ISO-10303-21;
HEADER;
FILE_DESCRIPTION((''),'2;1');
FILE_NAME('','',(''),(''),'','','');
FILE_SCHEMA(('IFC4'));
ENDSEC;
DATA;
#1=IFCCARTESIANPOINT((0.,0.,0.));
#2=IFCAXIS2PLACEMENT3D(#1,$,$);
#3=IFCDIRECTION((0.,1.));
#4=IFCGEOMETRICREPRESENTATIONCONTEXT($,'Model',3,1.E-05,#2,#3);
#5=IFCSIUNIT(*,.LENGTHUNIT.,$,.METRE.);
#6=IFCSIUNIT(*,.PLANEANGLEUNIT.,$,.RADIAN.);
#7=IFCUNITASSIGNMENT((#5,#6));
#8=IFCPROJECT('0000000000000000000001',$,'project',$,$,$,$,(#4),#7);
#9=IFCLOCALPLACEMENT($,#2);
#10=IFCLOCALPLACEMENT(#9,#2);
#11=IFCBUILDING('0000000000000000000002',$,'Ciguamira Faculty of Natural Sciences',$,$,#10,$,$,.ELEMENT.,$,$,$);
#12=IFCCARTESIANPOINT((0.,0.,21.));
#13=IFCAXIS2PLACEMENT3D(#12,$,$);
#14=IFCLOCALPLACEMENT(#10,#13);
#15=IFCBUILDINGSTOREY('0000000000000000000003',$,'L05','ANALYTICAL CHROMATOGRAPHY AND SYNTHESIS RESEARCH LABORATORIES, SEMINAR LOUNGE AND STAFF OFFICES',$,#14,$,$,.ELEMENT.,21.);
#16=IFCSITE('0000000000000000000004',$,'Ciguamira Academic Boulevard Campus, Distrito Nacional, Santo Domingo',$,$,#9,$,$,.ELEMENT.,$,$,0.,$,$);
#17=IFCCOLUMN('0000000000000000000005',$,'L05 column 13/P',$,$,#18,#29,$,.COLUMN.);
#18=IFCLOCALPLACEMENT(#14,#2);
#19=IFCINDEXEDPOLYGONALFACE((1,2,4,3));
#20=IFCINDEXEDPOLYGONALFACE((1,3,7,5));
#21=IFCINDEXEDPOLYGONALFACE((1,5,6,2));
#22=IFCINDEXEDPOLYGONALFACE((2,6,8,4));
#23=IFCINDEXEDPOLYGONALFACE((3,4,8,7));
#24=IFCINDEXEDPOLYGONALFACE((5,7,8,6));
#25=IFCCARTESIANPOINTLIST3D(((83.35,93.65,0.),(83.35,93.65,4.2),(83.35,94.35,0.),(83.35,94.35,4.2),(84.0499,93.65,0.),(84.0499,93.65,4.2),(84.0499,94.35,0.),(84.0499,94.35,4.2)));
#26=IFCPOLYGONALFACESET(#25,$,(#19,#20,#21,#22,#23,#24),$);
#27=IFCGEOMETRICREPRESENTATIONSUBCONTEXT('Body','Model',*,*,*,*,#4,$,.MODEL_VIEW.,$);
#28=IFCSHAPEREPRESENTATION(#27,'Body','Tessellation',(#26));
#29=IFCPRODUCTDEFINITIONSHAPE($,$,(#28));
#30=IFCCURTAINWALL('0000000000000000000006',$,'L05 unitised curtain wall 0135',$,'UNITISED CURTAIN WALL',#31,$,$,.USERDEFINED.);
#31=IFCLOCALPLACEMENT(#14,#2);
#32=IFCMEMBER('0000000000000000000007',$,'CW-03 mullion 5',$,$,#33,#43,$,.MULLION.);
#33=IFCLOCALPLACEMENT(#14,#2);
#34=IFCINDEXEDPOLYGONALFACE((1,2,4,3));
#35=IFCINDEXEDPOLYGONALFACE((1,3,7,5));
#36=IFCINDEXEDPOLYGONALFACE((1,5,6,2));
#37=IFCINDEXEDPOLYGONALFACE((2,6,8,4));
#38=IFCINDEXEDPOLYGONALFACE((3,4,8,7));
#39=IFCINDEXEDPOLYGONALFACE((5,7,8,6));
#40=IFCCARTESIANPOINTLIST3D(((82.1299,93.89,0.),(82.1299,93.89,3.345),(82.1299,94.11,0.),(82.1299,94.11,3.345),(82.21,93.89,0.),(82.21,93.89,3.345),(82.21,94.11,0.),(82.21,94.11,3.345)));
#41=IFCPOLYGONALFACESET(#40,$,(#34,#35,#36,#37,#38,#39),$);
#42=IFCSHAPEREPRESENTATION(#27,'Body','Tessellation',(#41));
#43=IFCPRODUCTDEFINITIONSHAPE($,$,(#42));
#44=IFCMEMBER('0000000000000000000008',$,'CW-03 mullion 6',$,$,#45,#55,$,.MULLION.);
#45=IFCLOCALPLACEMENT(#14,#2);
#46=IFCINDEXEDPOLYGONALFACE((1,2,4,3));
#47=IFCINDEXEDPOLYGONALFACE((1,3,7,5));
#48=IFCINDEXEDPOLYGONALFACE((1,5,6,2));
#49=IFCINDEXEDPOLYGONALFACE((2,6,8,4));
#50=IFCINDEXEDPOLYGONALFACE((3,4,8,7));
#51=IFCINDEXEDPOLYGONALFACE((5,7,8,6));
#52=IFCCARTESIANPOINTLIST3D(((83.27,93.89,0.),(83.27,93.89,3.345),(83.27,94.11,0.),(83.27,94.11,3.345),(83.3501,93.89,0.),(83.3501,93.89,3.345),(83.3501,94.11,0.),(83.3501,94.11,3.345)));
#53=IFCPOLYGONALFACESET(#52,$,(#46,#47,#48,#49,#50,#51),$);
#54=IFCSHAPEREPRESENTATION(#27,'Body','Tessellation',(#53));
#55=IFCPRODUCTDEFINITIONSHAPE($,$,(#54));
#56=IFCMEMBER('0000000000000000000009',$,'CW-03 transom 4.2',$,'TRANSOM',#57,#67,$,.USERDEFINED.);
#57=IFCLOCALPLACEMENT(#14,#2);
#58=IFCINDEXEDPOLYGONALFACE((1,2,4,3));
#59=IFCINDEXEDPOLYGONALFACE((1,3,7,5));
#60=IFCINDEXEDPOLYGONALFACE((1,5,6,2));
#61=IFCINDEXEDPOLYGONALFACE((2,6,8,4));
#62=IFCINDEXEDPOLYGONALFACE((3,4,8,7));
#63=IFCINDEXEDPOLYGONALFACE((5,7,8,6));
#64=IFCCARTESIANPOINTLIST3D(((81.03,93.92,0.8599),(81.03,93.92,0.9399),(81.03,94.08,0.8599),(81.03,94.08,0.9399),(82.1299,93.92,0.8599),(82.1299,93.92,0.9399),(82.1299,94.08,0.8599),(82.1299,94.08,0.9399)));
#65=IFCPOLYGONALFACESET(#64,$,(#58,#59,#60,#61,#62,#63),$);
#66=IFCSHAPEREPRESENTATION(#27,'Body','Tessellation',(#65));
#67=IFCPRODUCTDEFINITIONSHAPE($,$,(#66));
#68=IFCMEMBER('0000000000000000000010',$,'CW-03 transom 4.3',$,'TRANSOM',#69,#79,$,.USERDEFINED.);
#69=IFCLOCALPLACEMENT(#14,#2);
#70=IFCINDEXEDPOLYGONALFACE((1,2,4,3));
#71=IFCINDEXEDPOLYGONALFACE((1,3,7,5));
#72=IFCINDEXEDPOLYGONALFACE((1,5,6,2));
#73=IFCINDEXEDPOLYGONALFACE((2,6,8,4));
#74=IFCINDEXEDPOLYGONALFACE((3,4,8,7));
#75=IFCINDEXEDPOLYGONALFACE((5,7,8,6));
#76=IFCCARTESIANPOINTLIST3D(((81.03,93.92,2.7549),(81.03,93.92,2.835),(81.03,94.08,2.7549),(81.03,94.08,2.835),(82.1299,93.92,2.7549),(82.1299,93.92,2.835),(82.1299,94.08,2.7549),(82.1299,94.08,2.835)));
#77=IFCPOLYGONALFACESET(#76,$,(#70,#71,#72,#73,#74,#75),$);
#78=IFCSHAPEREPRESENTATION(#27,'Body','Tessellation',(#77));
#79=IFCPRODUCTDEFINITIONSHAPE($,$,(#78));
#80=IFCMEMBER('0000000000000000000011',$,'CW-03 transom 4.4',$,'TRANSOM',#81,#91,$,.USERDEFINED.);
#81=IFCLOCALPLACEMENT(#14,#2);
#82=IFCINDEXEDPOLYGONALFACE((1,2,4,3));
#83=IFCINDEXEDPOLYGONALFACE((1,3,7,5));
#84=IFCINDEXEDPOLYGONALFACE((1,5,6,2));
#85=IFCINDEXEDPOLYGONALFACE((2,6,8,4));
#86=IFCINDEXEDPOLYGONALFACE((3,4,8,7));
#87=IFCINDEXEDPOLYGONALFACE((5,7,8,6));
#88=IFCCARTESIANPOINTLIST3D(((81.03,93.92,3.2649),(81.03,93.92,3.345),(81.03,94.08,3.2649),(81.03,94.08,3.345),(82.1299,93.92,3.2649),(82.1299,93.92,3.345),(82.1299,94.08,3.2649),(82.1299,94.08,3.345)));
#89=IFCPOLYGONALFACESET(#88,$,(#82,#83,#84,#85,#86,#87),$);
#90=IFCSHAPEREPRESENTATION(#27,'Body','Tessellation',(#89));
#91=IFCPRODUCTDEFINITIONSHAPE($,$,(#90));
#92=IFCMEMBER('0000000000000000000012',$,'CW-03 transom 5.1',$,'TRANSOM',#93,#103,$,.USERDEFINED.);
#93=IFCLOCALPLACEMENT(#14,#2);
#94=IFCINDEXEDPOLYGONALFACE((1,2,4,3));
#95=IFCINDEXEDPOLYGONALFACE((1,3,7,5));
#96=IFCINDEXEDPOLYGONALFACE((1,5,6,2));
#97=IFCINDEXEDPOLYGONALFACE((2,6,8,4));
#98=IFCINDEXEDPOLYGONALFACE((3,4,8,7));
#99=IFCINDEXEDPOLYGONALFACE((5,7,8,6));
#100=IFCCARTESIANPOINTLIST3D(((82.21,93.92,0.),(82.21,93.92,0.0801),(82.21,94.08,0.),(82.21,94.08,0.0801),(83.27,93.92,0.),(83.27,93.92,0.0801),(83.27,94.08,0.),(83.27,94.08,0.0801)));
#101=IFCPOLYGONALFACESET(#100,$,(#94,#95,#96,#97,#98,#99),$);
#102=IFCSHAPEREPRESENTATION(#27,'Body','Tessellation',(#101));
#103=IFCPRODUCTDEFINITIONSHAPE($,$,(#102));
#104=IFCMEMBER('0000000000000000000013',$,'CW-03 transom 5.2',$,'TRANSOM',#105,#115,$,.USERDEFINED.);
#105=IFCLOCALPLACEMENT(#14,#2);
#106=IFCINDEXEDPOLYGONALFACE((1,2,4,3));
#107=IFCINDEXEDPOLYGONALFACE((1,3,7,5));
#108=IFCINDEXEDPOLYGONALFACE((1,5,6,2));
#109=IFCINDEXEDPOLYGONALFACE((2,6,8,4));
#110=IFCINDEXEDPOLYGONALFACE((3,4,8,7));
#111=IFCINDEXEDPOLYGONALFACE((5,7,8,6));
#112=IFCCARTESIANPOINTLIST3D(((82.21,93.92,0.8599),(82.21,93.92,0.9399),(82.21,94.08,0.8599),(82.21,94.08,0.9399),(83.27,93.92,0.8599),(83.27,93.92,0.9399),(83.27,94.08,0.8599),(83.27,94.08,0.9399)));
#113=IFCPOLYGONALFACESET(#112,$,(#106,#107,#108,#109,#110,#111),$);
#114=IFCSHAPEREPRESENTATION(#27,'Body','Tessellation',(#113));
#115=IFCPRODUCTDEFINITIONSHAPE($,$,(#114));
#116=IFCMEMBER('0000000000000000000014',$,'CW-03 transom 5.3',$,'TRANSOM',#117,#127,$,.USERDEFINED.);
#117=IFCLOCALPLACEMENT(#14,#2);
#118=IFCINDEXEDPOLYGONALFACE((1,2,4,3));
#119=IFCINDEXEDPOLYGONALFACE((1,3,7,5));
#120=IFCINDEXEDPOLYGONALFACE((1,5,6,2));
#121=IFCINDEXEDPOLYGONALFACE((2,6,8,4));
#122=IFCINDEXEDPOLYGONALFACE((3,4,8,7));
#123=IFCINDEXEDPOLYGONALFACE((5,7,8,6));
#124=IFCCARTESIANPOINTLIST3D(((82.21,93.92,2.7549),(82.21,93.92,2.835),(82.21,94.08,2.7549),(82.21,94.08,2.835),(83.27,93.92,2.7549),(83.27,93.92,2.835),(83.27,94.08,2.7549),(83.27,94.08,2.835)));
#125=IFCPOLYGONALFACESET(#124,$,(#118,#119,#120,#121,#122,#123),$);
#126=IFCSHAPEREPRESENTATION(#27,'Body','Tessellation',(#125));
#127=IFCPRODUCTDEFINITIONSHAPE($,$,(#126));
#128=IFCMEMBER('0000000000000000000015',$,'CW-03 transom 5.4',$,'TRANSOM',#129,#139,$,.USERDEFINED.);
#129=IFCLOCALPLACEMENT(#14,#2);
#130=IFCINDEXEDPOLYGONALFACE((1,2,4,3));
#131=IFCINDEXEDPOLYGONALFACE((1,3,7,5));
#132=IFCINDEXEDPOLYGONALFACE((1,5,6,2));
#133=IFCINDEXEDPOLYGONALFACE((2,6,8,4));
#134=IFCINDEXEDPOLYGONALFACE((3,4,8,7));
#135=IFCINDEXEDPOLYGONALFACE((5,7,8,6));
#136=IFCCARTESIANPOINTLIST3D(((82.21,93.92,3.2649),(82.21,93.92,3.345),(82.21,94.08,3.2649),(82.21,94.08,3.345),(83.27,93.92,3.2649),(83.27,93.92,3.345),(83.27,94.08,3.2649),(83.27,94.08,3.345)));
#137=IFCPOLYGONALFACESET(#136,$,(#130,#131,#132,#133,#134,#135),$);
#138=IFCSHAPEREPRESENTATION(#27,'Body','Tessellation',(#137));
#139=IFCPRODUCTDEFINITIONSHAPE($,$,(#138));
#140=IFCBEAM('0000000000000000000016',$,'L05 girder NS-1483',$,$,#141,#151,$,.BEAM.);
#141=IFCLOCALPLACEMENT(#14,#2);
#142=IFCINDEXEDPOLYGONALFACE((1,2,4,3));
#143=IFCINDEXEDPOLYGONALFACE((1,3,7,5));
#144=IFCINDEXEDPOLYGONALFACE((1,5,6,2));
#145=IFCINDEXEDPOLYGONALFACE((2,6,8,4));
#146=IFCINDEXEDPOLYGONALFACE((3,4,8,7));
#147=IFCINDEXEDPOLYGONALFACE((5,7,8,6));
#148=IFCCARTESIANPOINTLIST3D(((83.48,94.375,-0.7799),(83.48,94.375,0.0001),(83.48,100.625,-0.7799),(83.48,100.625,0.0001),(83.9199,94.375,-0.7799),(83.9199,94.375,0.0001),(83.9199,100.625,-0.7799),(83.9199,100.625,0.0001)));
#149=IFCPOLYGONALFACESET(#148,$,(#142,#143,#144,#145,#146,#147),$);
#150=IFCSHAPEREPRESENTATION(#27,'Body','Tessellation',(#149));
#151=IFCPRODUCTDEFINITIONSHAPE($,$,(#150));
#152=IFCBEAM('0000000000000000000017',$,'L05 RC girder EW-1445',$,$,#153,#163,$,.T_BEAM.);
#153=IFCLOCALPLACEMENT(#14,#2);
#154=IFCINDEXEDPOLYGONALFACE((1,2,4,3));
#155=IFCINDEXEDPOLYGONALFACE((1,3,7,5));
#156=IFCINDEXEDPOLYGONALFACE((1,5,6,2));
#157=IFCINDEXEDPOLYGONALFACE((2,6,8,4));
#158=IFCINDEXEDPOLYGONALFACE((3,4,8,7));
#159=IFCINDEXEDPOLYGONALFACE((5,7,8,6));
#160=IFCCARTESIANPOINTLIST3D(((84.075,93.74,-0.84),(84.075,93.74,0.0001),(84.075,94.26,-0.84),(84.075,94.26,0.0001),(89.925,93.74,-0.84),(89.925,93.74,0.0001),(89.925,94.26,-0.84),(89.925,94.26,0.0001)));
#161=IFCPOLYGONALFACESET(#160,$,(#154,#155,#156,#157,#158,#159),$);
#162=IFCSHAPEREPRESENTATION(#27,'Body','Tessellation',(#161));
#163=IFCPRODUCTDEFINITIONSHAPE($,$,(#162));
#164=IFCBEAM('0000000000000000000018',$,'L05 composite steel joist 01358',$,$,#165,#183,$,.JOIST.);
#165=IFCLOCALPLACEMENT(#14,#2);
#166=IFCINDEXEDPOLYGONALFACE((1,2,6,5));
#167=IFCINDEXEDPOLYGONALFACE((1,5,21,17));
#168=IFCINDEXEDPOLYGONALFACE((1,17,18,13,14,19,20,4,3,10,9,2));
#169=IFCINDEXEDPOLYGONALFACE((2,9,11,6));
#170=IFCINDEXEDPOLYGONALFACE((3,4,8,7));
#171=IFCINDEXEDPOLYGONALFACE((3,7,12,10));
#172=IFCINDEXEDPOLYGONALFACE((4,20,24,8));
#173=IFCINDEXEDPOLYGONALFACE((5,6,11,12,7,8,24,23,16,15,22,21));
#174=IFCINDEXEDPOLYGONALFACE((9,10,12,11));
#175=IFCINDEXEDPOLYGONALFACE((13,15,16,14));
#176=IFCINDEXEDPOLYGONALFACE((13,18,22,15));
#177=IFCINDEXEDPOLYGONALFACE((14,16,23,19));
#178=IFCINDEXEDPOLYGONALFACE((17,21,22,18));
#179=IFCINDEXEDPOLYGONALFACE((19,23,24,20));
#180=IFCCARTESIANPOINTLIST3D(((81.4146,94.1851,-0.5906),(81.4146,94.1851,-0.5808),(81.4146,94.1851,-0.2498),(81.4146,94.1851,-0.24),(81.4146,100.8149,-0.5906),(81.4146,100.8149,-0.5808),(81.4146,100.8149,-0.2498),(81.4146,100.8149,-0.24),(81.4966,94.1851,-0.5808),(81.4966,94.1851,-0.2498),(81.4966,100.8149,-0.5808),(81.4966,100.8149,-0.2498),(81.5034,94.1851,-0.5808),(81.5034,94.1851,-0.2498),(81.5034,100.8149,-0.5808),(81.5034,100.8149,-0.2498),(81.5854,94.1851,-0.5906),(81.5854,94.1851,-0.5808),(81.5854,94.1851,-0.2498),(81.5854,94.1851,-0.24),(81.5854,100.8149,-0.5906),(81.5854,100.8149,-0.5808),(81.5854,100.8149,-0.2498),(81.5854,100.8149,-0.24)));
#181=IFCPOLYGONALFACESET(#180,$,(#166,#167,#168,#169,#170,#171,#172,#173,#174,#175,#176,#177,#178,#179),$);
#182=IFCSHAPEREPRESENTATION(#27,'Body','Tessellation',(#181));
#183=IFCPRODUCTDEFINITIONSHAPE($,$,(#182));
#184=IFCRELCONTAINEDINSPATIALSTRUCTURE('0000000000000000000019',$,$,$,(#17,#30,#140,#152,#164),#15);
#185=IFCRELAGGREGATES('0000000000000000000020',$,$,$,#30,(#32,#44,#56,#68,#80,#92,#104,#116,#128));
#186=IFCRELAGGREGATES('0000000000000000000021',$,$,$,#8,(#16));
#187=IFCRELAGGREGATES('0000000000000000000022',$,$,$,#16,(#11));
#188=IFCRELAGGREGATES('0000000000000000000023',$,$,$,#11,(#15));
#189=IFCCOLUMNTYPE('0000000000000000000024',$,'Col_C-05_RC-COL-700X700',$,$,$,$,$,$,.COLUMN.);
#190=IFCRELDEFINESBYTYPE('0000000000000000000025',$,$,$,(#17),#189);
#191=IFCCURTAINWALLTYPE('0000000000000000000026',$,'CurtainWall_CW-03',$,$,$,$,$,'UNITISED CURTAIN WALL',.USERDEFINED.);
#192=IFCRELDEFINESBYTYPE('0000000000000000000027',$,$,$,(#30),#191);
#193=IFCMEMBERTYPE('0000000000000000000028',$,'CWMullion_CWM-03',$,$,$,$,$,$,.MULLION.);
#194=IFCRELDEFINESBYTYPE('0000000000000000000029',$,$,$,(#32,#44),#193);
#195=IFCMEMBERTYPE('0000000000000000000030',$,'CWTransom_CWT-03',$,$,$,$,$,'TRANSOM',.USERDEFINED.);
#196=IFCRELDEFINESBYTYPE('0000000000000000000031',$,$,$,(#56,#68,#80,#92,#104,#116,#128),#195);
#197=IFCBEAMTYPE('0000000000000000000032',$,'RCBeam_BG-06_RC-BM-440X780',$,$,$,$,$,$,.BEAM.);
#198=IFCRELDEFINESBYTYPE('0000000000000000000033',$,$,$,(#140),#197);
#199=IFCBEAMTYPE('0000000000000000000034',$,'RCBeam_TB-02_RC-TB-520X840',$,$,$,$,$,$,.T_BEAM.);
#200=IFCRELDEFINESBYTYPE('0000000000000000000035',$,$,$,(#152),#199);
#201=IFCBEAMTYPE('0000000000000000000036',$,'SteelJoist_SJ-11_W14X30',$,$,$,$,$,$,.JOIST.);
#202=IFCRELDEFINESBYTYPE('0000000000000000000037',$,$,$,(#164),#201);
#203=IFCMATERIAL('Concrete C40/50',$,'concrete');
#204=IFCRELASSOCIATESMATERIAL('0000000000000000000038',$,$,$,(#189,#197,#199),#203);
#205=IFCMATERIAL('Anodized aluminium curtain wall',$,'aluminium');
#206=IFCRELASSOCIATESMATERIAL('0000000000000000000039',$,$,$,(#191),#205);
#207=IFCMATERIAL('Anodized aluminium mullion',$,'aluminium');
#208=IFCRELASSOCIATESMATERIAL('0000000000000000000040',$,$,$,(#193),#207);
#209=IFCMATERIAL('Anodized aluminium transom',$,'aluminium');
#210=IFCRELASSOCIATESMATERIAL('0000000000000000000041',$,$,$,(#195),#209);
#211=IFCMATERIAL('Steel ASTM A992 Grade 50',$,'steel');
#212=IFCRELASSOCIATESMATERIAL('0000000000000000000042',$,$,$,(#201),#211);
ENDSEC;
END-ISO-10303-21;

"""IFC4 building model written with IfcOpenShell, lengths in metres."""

from ifc_helpers import new_model, si_unit, direction, frame, origin, origin_2d, place, context, subcontext, project, spatial, rectangle, i_section, extrude, material, material_profile, profile_set, type_object, element, aggregate, save


model = new_model("IFC4")

# Units and contexts
model_context = context("Model", 3, precision=1e-05, world=origin(), true_north=direction((0.0, 1.0)))
body_context = subcontext(model_context, "Body", "Model", "MODEL_VIEW")
ifc_project = project(units=[si_unit("LENGTHUNIT", "METRE"), si_unit("PLANEANGLEUNIT", "RADIAN")], contexts=[model_context])

# Site, building, storey
site_placement = place(None, origin())
site = spatial("IfcSite", under=ifc_project, at=site_placement, Name="Ciguamira Academic Boulevard Campus, Distrito Nacional, Santo Domingo", CompositionType="ELEMENT", RefElevation=0.0)
building_placement = place(site_placement, origin())
building = spatial("IfcBuilding", under=site, at=building_placement, Name="Ciguamira Faculty of Natural Sciences", CompositionType="ELEMENT")
storey_placement = place(building_placement, frame((0.0, 0.0, 21.0)))
storey = spatial("IfcBuildingStorey", under=building, at=storey_placement, Name="L05", Description="ANALYTICAL CHROMATOGRAPHY AND SYNTHESIS RESEARCH LABORATORIES, SEMINAR LOUNGE AND STAFF OFFICES", CompositionType="ELEMENT", Elevation=21.0)

# Column
ifc_material_1 = material(Name="Concrete C40/50", Category="concrete")
ifc_material_profile_1 = material_profile(ifc_material_1, rectangle(XDim=0.7, YDim=0.7, at=origin_2d()), Name="RC-COL-700X700")
ifc_profile_set_1 = profile_set([ifc_material_profile_1], Name="Concrete C40/50")
column_type = type_object("IfcColumnType", Name="Col_C-05_RC-COL-700X700", PredefinedType="COLUMN", material=ifc_profile_set_1)
column_placement = place(storey_placement, frame((83.7, 94.0, 0.0), z_axis=(0.0, 0.0, 1.0), x_axis=(1.0, 0.0, 0.0)))
element("IfcColumn", 1, at=column_placement, inside=storey, type_object=column_type, Name="L05 column 13/P", PredefinedType="COLUMN", context=body_context, shape_type="SweptSolid", body=[
    extrude(rectangle(XDim=0.7, YDim=0.7, at=origin_2d()), origin(), (0.0, 0.0, 1.0), 4.2),
])

# Curtain wall, members
ifc_material_2 = material(Name="Anodized aluminium curtain wall", Category="aluminium")
curtain_wall_type = type_object("IfcCurtainWallType", Name="CurtainWall_CW-03", ElementType="UNITISED CURTAIN WALL", PredefinedType="USERDEFINED", material=ifc_material_2)
curtain_wall_placement = place(storey_placement, origin())
curtain_wall = element("IfcCurtainWall", 2, at=curtain_wall_placement, inside=storey, type_object=curtain_wall_type, Name="L05 unitised curtain wall 0135", ObjectType="UNITISED CURTAIN WALL", PredefinedType="USERDEFINED")
ifc_material_3 = material(Name="Anodized aluminium mullion", Category="aluminium")
ifc_material_profile_2 = material_profile(ifc_material_3, rectangle(XDim=0.0801, YDim=0.22, at=origin_2d()), Name="ALU-MUL-80X220")
ifc_profile_set_2 = profile_set([ifc_material_profile_2], Name="Anodized aluminium mullion")
member_type_1 = type_object("IfcMemberType", Name="CWMullion_CWM-03", PredefinedType="MULLION", material=ifc_profile_set_2)
member_1_placement = place(storey_placement, frame((82.1699, 94.0, 0.0), z_axis=(0.0, 0.0, 1.0), x_axis=(1.0, 0.0, 0.0)))
member_1 = element("IfcMember", 3, at=member_1_placement, type_object=member_type_1, Name="CW-03 mullion 5", PredefinedType="MULLION", context=body_context, shape_type="SweptSolid", body=[
    extrude(rectangle(XDim=0.0801, YDim=0.22, at=origin_2d()), origin(), (0.0, 0.0, 1.0), 3.345),
])
member_2_placement = place(storey_placement, frame((83.3101, 94.0, 0.0), z_axis=(0.0, 0.0, 1.0), x_axis=(1.0, 0.0, 0.0)))
member_2 = element("IfcMember", 4, at=member_2_placement, type_object=member_type_1, Name="CW-03 mullion 6", PredefinedType="MULLION", context=body_context, shape_type="SweptSolid", body=[
    extrude(rectangle(XDim=0.0801, YDim=0.22, at=origin_2d()), origin(), (0.0, 0.0, 1.0), 3.345),
])
ifc_material_4 = material(Name="Anodized aluminium transom", Category="aluminium")
ifc_material_profile_3 = material_profile(ifc_material_4, rectangle(XDim=0.0801, YDim=0.1599, at=origin_2d()), Name="ALU-TRN-80X160")
ifc_profile_set_3 = profile_set([ifc_material_profile_3], Name="Anodized aluminium transom")
member_type_2 = type_object("IfcMemberType", Name="CWTransom_CWT-03", ElementType="TRANSOM", PredefinedType="USERDEFINED", material=ifc_profile_set_3)
member_3_placement = place(storey_placement, frame((81.03, 94.0, 0.8999), z_axis=(1.0, 0.0, 0.0), x_axis=(0.0, 0.0, 1.0)))
member_3 = element("IfcMember", 5, at=member_3_placement, type_object=member_type_2, Name="CW-03 transom 4.2", ObjectType="TRANSOM", PredefinedType="USERDEFINED", context=body_context, shape_type="SweptSolid", body=[
    extrude(rectangle(XDim=0.0801, YDim=0.1599, at=origin_2d()), origin(), (0.0, 0.0, 1.0), 1.0999),
])
member_4_placement = place(storey_placement, frame((81.03, 94.0, 2.7949), z_axis=(1.0, 0.0, 0.0), x_axis=(0.0, 0.0, 1.0)))
member_4 = element("IfcMember", 6, at=member_4_placement, type_object=member_type_2, Name="CW-03 transom 4.3", ObjectType="TRANSOM", PredefinedType="USERDEFINED", context=body_context, shape_type="SweptSolid", body=[
    extrude(rectangle(XDim=0.0801, YDim=0.1599, at=origin_2d()), origin(), (0.0, 0.0, 1.0), 1.0999),
])
member_5_placement = place(storey_placement, frame((81.03, 94.0, 3.3049), z_axis=(1.0, 0.0, 0.0), x_axis=(0.0, 0.0, 1.0)))
member_5 = element("IfcMember", 7, at=member_5_placement, type_object=member_type_2, Name="CW-03 transom 4.4", ObjectType="TRANSOM", PredefinedType="USERDEFINED", context=body_context, shape_type="SweptSolid", body=[
    extrude(rectangle(XDim=0.0801, YDim=0.1599, at=origin_2d()), origin(), (0.0, 0.0, 1.0), 1.0999),
])
member_6_placement = place(storey_placement, frame((82.21, 94.0, 0.04), z_axis=(1.0, 0.0, 0.0), x_axis=(0.0, 0.0, 1.0)))
member_6 = element("IfcMember", 8, at=member_6_placement, type_object=member_type_2, Name="CW-03 transom 5.1", ObjectType="TRANSOM", PredefinedType="USERDEFINED", context=body_context, shape_type="SweptSolid", body=[
    extrude(rectangle(XDim=0.0801, YDim=0.1599, at=origin_2d()), origin(), (0.0, 0.0, 1.0), 1.0601),
])
member_7_placement = place(storey_placement, frame((82.21, 94.0, 0.8999), z_axis=(1.0, 0.0, 0.0), x_axis=(0.0, 0.0, 1.0)))
member_7 = element("IfcMember", 9, at=member_7_placement, type_object=member_type_2, Name="CW-03 transom 5.2", ObjectType="TRANSOM", PredefinedType="USERDEFINED", context=body_context, shape_type="SweptSolid", body=[
    extrude(rectangle(XDim=0.0801, YDim=0.1599, at=origin_2d()), origin(), (0.0, 0.0, 1.0), 1.0601),
])
member_8_placement = place(storey_placement, frame((82.21, 94.0, 2.7949), z_axis=(1.0, 0.0, 0.0), x_axis=(0.0, 0.0, 1.0)))
member_8 = element("IfcMember", 10, at=member_8_placement, type_object=member_type_2, Name="CW-03 transom 5.3", ObjectType="TRANSOM", PredefinedType="USERDEFINED", context=body_context, shape_type="SweptSolid", body=[
    extrude(rectangle(XDim=0.0801, YDim=0.1599, at=origin_2d()), origin(), (0.0, 0.0, 1.0), 1.0601),
])
member_9_placement = place(storey_placement, frame((82.21, 94.0, 3.3049), z_axis=(1.0, 0.0, 0.0), x_axis=(0.0, 0.0, 1.0)))
member_9 = element("IfcMember", 11, at=member_9_placement, type_object=member_type_2, Name="CW-03 transom 5.4", ObjectType="TRANSOM", PredefinedType="USERDEFINED", context=body_context, shape_type="SweptSolid", body=[
    extrude(rectangle(XDim=0.0801, YDim=0.1599, at=origin_2d()), origin(), (0.0, 0.0, 1.0), 1.0601),
])

# Beams
ifc_material_profile_4 = material_profile(ifc_material_1, rectangle(XDim=0.4399, YDim=0.78, at=origin_2d()), Name="RC-BM-440X780")
ifc_profile_set_4 = profile_set([ifc_material_profile_4], Name="Concrete C40/50")
beam_type_1 = type_object("IfcBeamType", Name="RCBeam_BG-06_RC-BM-440X780", PredefinedType="BEAM", material=ifc_profile_set_4)
beam_1_placement = place(storey_placement, frame((83.7, 94.375, -0.3899), z_axis=(0.0, 1.0, 0.0), x_axis=(-1.0, 0.0, 0.0)))
element("IfcBeam", 12, at=beam_1_placement, inside=storey, type_object=beam_type_1, Name="L05 girder NS-1483", PredefinedType="BEAM", context=body_context, shape_type="SweptSolid", body=[
    extrude(rectangle(XDim=0.4399, YDim=0.78, at=origin_2d()), origin(), (0.0, 0.0, 1.0), 6.25),
])
ifc_material_profile_5 = material_profile(ifc_material_1, rectangle(XDim=0.52, YDim=0.8401, at=origin_2d()), Name="RC-TB-520X840")
ifc_profile_set_5 = profile_set([ifc_material_profile_5], Name="Concrete C40/50")
beam_type_2 = type_object("IfcBeamType", Name="RCBeam_TB-02_RC-TB-520X840", PredefinedType="T_BEAM", material=ifc_profile_set_5)
beam_2_placement = place(storey_placement, frame((84.075, 94.0, -0.4199), z_axis=(1.0, 0.0, 0.0), x_axis=(0.0, 1.0, 0.0)))
element("IfcBeam", 13, at=beam_2_placement, inside=storey, type_object=beam_type_2, Name="L05 RC girder EW-1445", PredefinedType="T_BEAM", context=body_context, shape_type="SweptSolid", body=[
    extrude(rectangle(XDim=0.52, YDim=0.8401, at=origin_2d()), origin(), (0.0, 0.0, 1.0), 5.8501),
])
ifc_material_5 = material(Name="Steel ASTM A992 Grade 50", Category="steel")
ifc_material_profile_6 = material_profile(ifc_material_5, i_section(OverallWidth=0.1709, OverallDepth=0.3506, WebThickness=0.0068, FlangeThickness=0.0098, at=origin_2d()), Name="W14X30")
ifc_profile_set_6 = profile_set([ifc_material_profile_6], Name="Steel ASTM A992 Grade 50")
beam_type_3 = type_object("IfcBeamType", Name="SteelJoist_SJ-11_W14X30", PredefinedType="JOIST", material=ifc_profile_set_6)
beam_3_placement = place(storey_placement, frame((81.5, 94.1851, -0.4153), z_axis=(0.0, 1.0, 0.0), x_axis=(-1.0, 0.0, 0.0)))
element("IfcBeam", 14, at=beam_3_placement, inside=storey, type_object=beam_type_3, Name="L05 composite steel joist 01358", PredefinedType="JOIST", context=body_context, shape_type="SweptSolid", body=[
    extrude(i_section(OverallWidth=0.1709, OverallDepth=0.3506, WebThickness=0.0068, FlangeThickness=0.0098, at=origin_2d()), origin(), (0.0, 0.0, 1.0), 6.6299),
])

aggregate(curtain_wall, [member_1, member_2, member_3, member_4, member_5, member_6, member_7, member_8, member_9])

save(model, "model.ifc")
